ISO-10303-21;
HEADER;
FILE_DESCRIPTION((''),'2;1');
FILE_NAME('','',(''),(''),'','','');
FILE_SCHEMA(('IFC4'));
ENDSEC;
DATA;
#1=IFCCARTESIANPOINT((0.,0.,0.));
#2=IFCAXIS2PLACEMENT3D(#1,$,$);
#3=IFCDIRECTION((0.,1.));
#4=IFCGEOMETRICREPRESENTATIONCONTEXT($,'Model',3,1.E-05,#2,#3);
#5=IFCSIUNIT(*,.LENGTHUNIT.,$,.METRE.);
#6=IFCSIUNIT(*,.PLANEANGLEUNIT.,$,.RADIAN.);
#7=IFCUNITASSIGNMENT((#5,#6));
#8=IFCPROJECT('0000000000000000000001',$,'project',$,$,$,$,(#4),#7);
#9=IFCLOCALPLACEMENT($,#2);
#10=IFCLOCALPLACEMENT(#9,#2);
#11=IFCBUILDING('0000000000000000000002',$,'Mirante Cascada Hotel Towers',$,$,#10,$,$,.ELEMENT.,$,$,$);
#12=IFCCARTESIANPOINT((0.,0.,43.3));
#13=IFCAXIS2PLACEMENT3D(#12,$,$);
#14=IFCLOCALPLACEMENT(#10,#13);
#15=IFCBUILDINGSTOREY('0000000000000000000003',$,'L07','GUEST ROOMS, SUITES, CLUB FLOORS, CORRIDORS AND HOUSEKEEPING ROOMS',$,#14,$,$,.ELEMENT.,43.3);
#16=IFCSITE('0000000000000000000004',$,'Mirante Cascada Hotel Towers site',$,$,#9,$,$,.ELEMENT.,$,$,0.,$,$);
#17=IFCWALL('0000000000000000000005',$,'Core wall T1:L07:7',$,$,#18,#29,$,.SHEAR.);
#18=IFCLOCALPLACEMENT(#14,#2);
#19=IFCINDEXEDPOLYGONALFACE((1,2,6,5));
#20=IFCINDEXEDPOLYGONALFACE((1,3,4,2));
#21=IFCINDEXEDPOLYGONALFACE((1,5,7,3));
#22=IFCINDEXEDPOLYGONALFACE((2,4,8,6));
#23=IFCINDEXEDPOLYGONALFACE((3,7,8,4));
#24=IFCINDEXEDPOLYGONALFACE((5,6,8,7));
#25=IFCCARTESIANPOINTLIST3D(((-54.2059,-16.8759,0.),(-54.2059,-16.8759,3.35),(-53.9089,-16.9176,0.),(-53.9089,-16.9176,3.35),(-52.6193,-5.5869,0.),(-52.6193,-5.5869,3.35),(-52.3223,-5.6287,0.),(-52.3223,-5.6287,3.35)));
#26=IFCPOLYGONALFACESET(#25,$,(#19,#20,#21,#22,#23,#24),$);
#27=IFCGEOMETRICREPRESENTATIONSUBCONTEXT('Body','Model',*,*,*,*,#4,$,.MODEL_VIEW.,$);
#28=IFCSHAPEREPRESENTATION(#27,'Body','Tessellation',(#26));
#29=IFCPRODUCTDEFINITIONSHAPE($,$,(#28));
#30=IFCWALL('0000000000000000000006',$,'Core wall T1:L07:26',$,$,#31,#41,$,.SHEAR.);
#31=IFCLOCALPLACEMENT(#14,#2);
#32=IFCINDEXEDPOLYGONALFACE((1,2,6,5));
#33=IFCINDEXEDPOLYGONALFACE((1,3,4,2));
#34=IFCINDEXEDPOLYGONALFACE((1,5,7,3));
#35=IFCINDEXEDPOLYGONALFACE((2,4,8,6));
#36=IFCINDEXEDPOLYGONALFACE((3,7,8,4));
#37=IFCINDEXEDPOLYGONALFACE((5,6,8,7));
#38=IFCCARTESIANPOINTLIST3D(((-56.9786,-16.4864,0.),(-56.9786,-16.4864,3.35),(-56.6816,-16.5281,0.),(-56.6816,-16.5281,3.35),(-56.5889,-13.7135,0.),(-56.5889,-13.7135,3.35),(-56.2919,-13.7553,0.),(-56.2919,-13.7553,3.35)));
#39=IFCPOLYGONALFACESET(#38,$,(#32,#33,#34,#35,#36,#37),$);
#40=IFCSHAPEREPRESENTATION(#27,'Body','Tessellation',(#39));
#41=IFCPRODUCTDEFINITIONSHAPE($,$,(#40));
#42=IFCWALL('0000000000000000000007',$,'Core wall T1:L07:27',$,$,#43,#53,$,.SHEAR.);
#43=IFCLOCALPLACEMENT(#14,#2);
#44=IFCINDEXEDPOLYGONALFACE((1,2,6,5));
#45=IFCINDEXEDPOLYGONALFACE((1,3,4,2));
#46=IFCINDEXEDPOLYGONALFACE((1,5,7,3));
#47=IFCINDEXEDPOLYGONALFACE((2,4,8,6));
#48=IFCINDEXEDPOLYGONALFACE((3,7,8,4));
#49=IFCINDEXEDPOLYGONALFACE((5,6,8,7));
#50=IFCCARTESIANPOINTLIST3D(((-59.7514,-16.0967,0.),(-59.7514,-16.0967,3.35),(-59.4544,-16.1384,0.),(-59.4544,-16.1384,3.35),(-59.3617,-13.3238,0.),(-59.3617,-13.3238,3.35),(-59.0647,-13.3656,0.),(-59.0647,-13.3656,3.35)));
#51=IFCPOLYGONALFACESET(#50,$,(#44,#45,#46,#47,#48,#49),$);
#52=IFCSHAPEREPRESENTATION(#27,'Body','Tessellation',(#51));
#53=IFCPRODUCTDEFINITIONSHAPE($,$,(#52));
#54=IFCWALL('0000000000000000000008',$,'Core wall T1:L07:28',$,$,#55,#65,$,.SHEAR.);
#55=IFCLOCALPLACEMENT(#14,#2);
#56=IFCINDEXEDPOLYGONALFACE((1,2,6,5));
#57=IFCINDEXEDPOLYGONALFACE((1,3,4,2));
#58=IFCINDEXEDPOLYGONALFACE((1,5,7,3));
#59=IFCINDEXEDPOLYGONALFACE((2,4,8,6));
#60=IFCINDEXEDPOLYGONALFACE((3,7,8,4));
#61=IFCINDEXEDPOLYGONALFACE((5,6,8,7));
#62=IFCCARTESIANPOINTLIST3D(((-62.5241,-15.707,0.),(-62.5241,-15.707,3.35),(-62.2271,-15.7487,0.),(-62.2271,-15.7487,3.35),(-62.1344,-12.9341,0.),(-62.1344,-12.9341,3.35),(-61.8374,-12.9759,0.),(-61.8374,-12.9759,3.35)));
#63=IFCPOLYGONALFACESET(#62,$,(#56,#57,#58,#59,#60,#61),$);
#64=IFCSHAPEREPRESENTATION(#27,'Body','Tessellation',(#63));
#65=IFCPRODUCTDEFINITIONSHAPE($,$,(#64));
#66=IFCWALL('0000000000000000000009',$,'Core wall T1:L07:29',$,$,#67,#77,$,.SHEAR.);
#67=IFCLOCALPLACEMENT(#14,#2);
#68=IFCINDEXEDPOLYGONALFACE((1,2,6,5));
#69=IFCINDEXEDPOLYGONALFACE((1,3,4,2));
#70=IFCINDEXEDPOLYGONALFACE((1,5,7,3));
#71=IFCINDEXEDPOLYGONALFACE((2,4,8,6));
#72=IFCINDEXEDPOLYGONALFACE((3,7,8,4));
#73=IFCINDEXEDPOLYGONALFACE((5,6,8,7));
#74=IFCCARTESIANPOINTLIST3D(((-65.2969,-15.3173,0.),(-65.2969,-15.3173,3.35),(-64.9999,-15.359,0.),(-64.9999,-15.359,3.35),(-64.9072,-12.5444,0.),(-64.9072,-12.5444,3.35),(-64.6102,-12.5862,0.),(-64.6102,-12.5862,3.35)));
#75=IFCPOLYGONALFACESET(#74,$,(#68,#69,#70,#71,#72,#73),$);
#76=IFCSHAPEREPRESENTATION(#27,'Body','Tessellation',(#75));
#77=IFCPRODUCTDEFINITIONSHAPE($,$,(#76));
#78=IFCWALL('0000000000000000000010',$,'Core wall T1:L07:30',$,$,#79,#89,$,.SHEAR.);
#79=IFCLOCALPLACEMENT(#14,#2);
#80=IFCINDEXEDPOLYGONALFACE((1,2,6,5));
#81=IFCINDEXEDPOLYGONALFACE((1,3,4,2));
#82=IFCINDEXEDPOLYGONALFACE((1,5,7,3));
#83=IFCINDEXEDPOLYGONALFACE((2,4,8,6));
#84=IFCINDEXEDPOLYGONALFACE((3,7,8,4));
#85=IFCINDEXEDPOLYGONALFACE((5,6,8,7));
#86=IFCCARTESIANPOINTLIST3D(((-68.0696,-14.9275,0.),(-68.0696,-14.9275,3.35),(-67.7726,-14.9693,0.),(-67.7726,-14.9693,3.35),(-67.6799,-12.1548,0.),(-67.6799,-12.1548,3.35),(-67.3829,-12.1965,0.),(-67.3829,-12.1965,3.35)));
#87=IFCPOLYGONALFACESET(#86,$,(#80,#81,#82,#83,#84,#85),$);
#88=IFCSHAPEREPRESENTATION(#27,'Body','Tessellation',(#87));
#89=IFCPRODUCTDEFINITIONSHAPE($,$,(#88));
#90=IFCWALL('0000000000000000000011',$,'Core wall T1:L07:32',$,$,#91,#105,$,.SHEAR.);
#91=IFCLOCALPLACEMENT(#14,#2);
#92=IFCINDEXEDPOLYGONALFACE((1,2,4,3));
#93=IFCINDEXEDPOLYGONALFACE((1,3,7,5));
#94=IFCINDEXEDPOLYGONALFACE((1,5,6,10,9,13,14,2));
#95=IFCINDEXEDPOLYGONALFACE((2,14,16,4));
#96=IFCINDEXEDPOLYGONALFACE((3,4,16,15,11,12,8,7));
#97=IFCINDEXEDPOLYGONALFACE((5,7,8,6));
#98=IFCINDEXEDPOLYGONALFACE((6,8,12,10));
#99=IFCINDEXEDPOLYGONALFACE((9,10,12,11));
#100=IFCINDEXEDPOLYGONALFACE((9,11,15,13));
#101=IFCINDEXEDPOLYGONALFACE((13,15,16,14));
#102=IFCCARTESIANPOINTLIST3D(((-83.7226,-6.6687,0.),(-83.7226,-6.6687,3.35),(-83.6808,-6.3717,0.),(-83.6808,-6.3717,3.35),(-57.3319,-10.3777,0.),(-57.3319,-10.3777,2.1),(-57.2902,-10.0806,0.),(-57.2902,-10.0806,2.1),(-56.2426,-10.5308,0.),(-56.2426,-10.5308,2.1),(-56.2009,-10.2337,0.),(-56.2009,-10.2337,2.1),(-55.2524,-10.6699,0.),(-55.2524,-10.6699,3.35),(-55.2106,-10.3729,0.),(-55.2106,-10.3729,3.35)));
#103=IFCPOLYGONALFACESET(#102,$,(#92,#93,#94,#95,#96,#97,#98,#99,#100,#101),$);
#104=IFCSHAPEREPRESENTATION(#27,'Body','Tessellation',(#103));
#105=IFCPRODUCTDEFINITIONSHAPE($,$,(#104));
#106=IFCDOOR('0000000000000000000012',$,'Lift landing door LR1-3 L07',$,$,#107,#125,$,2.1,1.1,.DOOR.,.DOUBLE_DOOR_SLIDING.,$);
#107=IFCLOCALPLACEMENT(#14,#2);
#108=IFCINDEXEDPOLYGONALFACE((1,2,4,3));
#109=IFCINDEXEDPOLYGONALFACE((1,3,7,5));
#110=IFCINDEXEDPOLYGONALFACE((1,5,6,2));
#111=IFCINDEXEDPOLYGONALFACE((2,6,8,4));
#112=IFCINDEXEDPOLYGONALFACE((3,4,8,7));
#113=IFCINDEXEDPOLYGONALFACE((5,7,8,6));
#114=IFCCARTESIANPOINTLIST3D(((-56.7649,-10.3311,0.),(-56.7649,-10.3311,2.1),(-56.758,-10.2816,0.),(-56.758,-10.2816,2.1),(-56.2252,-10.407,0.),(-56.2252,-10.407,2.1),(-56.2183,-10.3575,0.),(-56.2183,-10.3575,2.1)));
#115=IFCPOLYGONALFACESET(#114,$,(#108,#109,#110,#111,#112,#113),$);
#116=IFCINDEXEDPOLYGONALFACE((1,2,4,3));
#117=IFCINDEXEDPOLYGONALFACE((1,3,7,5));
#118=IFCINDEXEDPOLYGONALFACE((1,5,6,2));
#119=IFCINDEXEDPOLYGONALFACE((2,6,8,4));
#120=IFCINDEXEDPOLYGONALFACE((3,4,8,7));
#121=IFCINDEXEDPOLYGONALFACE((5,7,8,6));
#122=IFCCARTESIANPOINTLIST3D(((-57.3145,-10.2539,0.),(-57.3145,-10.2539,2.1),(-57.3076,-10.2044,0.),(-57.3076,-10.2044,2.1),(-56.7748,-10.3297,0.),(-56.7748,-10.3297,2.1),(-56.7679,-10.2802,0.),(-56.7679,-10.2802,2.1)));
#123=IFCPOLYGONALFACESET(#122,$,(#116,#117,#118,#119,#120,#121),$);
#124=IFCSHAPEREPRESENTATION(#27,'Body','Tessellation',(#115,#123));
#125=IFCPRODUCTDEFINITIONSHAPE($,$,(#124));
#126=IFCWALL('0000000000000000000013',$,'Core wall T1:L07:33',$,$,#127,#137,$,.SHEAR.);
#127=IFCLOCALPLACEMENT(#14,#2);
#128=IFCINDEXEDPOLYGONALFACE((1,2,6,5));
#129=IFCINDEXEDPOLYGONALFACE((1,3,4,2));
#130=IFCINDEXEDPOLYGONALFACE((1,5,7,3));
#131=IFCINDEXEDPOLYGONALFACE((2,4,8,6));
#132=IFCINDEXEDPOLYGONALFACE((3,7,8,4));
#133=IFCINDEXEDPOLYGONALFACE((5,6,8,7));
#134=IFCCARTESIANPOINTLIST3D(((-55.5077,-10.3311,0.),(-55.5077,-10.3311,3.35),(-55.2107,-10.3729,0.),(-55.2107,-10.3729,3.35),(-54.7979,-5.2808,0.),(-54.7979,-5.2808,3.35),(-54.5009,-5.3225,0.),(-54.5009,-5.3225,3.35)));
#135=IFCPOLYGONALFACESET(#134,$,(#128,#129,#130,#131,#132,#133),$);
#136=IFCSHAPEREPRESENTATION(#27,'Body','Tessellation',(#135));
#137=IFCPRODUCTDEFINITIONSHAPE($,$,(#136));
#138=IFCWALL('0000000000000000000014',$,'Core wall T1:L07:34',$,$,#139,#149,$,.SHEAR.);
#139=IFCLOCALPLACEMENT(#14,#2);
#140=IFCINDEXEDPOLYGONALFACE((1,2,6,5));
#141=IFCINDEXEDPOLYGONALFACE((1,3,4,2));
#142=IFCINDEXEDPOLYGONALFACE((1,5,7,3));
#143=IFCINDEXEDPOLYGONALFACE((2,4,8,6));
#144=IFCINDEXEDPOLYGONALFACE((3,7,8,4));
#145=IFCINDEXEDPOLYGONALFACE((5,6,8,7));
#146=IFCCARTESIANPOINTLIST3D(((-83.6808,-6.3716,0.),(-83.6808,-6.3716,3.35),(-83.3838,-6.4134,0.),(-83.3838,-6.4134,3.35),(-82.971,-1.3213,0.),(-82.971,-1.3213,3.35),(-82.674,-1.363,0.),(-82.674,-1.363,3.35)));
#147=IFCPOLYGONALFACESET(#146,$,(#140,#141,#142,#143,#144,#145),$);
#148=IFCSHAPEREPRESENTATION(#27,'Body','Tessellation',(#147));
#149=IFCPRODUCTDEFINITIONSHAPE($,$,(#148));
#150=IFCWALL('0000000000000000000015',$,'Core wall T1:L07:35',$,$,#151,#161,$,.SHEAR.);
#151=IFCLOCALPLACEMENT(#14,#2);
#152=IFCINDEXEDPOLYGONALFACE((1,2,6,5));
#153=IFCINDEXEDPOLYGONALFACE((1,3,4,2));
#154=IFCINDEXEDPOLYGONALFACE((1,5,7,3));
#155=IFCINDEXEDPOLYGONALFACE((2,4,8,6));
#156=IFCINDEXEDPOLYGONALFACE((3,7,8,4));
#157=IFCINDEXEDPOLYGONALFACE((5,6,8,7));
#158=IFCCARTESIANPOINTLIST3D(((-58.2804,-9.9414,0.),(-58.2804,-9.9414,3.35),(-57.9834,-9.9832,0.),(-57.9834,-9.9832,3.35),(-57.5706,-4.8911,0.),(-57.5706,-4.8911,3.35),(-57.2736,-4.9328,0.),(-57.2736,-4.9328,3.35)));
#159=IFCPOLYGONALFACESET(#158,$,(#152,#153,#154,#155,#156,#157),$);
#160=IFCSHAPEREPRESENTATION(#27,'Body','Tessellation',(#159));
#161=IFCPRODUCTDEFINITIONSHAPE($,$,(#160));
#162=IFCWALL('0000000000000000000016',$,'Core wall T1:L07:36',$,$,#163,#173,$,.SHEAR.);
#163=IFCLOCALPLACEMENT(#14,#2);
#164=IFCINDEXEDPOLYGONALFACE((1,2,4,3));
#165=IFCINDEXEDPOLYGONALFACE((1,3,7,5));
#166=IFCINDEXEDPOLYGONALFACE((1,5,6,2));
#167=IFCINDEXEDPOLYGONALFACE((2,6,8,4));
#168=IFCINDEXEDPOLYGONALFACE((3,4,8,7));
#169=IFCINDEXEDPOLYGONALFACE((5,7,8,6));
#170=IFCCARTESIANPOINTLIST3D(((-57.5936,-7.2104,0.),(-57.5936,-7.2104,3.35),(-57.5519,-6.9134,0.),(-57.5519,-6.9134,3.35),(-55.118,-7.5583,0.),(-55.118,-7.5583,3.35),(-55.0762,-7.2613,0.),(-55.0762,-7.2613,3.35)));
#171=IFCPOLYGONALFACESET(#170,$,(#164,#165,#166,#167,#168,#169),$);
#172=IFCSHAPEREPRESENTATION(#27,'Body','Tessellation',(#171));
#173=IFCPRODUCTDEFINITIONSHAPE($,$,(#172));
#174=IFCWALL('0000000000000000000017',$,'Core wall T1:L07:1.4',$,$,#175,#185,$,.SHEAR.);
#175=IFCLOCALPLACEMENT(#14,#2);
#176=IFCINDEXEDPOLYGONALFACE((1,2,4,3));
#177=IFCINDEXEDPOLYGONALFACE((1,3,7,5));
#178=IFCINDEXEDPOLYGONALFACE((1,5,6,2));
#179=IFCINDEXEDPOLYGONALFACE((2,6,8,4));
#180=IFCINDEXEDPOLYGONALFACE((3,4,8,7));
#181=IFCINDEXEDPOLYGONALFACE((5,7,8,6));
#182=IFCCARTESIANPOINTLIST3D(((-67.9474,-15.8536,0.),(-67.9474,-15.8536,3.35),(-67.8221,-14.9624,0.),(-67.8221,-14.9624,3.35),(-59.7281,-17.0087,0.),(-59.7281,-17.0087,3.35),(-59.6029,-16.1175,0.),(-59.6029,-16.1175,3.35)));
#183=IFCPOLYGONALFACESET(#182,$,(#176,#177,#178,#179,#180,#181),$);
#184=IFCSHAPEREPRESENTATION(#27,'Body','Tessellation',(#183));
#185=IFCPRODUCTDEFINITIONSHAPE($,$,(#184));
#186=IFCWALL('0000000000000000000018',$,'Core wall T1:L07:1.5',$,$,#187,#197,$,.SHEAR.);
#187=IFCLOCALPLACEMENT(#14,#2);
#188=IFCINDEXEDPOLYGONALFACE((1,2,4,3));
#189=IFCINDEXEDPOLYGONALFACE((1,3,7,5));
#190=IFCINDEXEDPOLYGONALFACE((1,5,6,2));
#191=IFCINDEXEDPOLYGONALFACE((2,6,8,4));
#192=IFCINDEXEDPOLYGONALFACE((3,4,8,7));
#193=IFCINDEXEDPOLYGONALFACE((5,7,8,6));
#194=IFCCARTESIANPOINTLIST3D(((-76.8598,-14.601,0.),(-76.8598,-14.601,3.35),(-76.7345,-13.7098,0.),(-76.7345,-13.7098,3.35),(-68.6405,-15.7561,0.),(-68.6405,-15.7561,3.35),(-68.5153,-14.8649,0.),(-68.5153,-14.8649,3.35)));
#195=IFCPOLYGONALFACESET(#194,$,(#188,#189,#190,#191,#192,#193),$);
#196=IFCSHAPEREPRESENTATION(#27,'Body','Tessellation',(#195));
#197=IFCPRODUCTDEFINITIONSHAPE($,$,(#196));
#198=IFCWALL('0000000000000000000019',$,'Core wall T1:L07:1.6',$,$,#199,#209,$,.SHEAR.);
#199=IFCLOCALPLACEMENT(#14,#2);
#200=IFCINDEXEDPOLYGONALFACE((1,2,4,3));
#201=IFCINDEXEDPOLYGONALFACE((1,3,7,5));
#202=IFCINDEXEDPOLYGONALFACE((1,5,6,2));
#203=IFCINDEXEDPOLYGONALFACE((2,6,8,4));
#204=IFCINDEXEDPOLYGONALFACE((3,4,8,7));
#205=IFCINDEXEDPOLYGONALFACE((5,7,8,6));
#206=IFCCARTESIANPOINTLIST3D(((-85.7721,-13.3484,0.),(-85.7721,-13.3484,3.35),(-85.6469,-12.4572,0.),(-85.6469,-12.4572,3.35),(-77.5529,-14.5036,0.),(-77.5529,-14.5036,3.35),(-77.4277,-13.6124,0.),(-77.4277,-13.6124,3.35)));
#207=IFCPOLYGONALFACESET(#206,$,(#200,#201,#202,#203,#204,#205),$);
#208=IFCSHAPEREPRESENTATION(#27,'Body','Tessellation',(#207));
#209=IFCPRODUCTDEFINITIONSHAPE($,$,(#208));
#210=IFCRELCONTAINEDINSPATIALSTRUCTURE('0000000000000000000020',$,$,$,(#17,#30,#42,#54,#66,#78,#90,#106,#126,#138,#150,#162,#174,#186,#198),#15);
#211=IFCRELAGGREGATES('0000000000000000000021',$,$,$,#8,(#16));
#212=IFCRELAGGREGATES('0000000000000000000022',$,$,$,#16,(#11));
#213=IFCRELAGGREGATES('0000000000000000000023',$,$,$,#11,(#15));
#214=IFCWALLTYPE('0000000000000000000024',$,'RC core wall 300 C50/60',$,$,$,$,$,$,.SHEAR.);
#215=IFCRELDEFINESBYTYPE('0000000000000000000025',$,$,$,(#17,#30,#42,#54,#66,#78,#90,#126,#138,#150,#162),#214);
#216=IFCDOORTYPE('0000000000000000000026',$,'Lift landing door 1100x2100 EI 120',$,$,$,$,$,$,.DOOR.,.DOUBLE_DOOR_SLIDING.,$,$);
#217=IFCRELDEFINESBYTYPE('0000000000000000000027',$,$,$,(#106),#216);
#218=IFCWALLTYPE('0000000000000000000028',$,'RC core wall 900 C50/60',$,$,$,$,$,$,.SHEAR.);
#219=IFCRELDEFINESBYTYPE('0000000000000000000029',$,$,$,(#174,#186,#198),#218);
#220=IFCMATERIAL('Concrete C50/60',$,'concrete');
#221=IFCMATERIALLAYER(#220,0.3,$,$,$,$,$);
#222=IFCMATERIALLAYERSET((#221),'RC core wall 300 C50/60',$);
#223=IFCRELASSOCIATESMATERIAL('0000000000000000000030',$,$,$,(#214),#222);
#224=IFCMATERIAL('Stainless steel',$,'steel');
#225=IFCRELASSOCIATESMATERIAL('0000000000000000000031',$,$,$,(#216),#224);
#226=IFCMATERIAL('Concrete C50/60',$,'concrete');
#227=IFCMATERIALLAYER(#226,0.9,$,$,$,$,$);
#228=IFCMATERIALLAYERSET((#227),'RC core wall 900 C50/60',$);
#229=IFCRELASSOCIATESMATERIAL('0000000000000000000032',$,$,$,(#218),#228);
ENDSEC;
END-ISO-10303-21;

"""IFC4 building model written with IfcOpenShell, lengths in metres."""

from ifc_helpers import new_model, si_unit, direction, frame, frame_2d, origin, place, context, subcontext, project, spatial, rectangle, extrude, material, layer, layer_set, type_object, element, fill, save


model = new_model("IFC4")

# Units and contexts
model_context = context("Model", 3, precision=1e-05, world=origin(), true_north=direction((0.0, 1.0)))
body_context = subcontext(model_context, "Body", "Model", "MODEL_VIEW")
ifc_project = project(units=[si_unit("LENGTHUNIT", "METRE"), si_unit("PLANEANGLEUNIT", "RADIAN")], contexts=[model_context])

# Site, building, storey
site_placement = place(None, origin())
site = spatial("IfcSite", under=ifc_project, at=site_placement, Name="Mirante Cascada Hotel Towers site", CompositionType="ELEMENT", RefElevation=0.0)
building_placement = place(site_placement, origin())
building = spatial("IfcBuilding", under=site, at=building_placement, Name="Mirante Cascada Hotel Towers", CompositionType="ELEMENT")
storey_placement = place(building_placement, frame((0.0, 0.0, 43.3)))
storey = spatial("IfcBuildingStorey", under=building, at=storey_placement, Name="L07", Description="GUEST ROOMS, SUITES, CLUB FLOORS, CORRIDORS AND HOUSEKEEPING ROOMS", CompositionType="ELEMENT", Elevation=43.3)

# Walls
ifc_material_1 = material(Name="Concrete C50/60", Category="concrete")
ifc_layer_1 = layer(ifc_material_1, 0.3)
ifc_layer_set_1 = layer_set([ifc_layer_1], Name="RC core wall 300 C50/60")
wall_type_1 = type_object("IfcWallType", Name="RC core wall 300 C50/60", PredefinedType="SHEAR", material=ifc_layer_set_1)
wall_1_placement = place(storey_placement, frame((-54.0574, -16.8968, 0.0), z_axis=(0.0, 0.0, 1.0), x_axis=(0.139176, 0.990268, 0.0)))
element("IfcWall", 1, at=wall_1_placement, inside=storey, type_object=wall_type_1, Name="Core wall T1:L07:7", PredefinedType="SHEAR", context=body_context, shape_type="SweptSolid", body=[
    extrude(rectangle(XDim=11.3999, YDim=0.3, at=frame_2d((5.7, 0.0))), origin(), (0.0, 0.0, 1.0), 3.35),
])
for number, where, z_axis, x_axis, name in (
    (2, (-56.8301, -16.5072, 0.0), (0.0, 0.0, 1.0), (0.139176, 0.990268, 0.0), "Core wall T1:L07:26"),
    (3, (-59.6029, -16.1175, 0.0), (0.0, 0.0, 1.0), (0.139176, 0.990268, 0.0), "Core wall T1:L07:27"),
    (4, (-62.3756, -15.7278, 0.0), (0.0, 0.0, 1.0), (0.139176, 0.990268, 0.0), "Core wall T1:L07:28"),
    (5, (-65.1484, -15.3381, 0.0), (0.0, 0.0, 1.0), (0.139176, 0.990268, 0.0), "Core wall T1:L07:29"),
):
    element("IfcWall", number, at=place(storey_placement, frame(where, z_axis=z_axis, x_axis=x_axis)), inside=storey, type_object=wall_type_1, Name=name, PredefinedType="SHEAR", context=body_context, shape_type="SweptSolid", body=[
        extrude(rectangle(XDim=2.8001, YDim=0.3, at=frame_2d((1.4, 0.0))), origin(), (0.0, 0.0, 1.0), 3.35),
    ])
wall_2_placement = place(storey_placement, frame((-67.9211, -14.9484, 0.0), z_axis=(0.0, 0.0, 1.0), x_axis=(0.139181, 0.990267, 0.0)))
element("IfcWall", 6, at=wall_2_placement, inside=storey, type_object=wall_type_1, Name="Core wall T1:L07:30", PredefinedType="SHEAR", context=body_context, shape_type="SweptSolid", body=[
    extrude(rectangle(XDim=2.8, YDim=0.3, at=frame_2d((1.4, 0.0))), origin(), (0.0, 0.0, 1.0), 3.35),
])

# Wall, opening, door
wall_3_placement = place(storey_placement, frame((-55.2315, -10.5214, 0.0), z_axis=(0.0, 0.0, 1.0), x_axis=(-0.990268, 0.139172, 0.0)))
wall_3 = element("IfcWall", 7, at=wall_3_placement, inside=storey, type_object=wall_type_1, Name="Core wall T1:L07:32", PredefinedType="SHEAR", context=body_context, shape_type="SweptSolid", body=[
    extrude(rectangle(XDim=28.75, YDim=0.3, at=frame_2d((14.375, 0.0))), origin(), (0.0, 0.0, 1.0), 3.35),
])
opening_1_placement = place(wall_3_placement, frame((1.0, 0.0, 0.0)))
opening_1 = element("IfcOpeningElement", 8, at=opening_1_placement, cuts=wall_3, PredefinedType="OPENING", context=body_context, shape_type="SweptSolid", body=[
    extrude(rectangle(XDim=1.1, YDim=2.1, at=frame_2d((0.55, 1.05))), frame((0.0, 0.15, 0.0), z_axis=(0.0, -1.0, 0.0), x_axis=(1.0, 0.0, 0.0)), (0.0, 0.0, 1.0), 0.3),
])
ifc_material_2 = material(Name="Stainless steel", Category="steel")
door_type_1 = type_object("IfcDoorType", Name="Lift landing door 1100x2100 EI 120", OperationType="DOUBLE_DOOR_SLIDING", PredefinedType="DOOR", material=ifc_material_2)
door_1_placement = place(opening_1_placement, origin())
door_1 = element("IfcDoor", 9, at=door_1_placement, inside=storey, type_object=door_type_1, Name="Lift landing door LR1-3 L07", OperationType="DOUBLE_DOOR_SLIDING", OverallHeight=2.1, OverallWidth=1.1, PredefinedType="DOOR", context=body_context, shape_type="SweptSolid", body=[
    extrude(rectangle(XDim=0.545, YDim=2.1, at=frame_2d((0.2725, 1.05))), frame((0.0, 0.025, 0.0), z_axis=(0.0, -1.0, 0.0), x_axis=(1.0, 0.0, 0.0)), (0.0, 0.0, 1.0), 0.05),
    extrude(rectangle(XDim=0.545, YDim=2.1, at=frame_2d((0.8275, 1.05))), frame((0.0, 0.025, 0.0), z_axis=(0.0, -1.0, 0.0), x_axis=(1.0, 0.0, 0.0)), (0.0, 0.0, 1.0), 0.05),
])
fill(opening_1, door_1)

# Walls
for number, where, z_axis, x_axis, name in (
    (10, (-55.3592, -10.352, 0.0), (0.0, 0.0, 1.0), (0.139176, 0.990268, 0.0), "Core wall T1:L07:33"),
    (11, (-83.5323, -6.3925, 0.0), (0.0, 0.0, 1.0), (0.139176, 0.990268, 0.0), "Core wall T1:L07:34"),
    (12, (-58.1319, -9.9623, 0.0), (0.0, 0.0, 1.0), (0.139176, 0.990268, 0.0), "Core wall T1:L07:35"),
):
    element("IfcWall", number, at=place(storey_placement, frame(where, z_axis=z_axis, x_axis=x_axis)), inside=storey, type_object=wall_type_1, Name=name, PredefinedType="SHEAR", context=body_context, shape_type="SweptSolid", body=[
        extrude(rectangle(XDim=5.1, YDim=0.3, at=frame_2d((2.55, 0.0))), origin(), (0.0, 0.0, 1.0), 3.35),
    ])
wall_4_placement = place(storey_placement, frame((-55.0971, -7.4098, 0.0), z_axis=(0.0, 0.0, 1.0), x_axis=(-0.99027, 0.139159, 0.0)))
element("IfcWall", 13, at=wall_4_placement, inside=storey, type_object=wall_type_1, Name="Core wall T1:L07:36", PredefinedType="SHEAR", context=body_context, shape_type="SweptSolid", body=[
    extrude(rectangle(XDim=2.5, YDim=0.3, at=frame_2d((1.25, 0.0))), origin(), (0.0, 0.0, 1.0), 3.35),
])
ifc_material_3 = material(Name="Concrete C50/60", Category="concrete")
ifc_layer_2 = layer(ifc_material_3, 0.9)
ifc_layer_set_2 = layer_set([ifc_layer_2], Name="RC core wall 900 C50/60")
wall_type_2 = type_object("IfcWallType", Name="RC core wall 900 C50/60", PredefinedType="SHEAR", material=ifc_layer_set_2)
for number, where, z_axis, x_axis, name in (
    (14, (-59.6655, -16.5631, 0.0), (0.0, 0.0, 1.0), (-0.990269, 0.139169, 0.0), "Core wall T1:L07:1.4"),
    (15, (-68.5779, -15.3105, 0.0), (0.0, 0.0, 1.0), (-0.990269, 0.139169, 0.0), "Core wall T1:L07:1.5"),
    (16, (-77.4903, -14.058, 0.0), (0.0, 0.0, 1.0), (-0.990267, 0.139181, 0.0), "Core wall T1:L07:1.6"),
):
    element("IfcWall", number, at=place(storey_placement, frame(where, z_axis=z_axis, x_axis=x_axis)), inside=storey, type_object=wall_type_2, Name=name, PredefinedType="SHEAR", context=body_context, shape_type="SweptSolid", body=[
        extrude(rectangle(XDim=8.3, YDim=0.9, at=frame_2d((4.15, 0.0))), origin(), (0.0, 0.0, 1.0), 3.35),
    ])

save(model, "model.ifc")
